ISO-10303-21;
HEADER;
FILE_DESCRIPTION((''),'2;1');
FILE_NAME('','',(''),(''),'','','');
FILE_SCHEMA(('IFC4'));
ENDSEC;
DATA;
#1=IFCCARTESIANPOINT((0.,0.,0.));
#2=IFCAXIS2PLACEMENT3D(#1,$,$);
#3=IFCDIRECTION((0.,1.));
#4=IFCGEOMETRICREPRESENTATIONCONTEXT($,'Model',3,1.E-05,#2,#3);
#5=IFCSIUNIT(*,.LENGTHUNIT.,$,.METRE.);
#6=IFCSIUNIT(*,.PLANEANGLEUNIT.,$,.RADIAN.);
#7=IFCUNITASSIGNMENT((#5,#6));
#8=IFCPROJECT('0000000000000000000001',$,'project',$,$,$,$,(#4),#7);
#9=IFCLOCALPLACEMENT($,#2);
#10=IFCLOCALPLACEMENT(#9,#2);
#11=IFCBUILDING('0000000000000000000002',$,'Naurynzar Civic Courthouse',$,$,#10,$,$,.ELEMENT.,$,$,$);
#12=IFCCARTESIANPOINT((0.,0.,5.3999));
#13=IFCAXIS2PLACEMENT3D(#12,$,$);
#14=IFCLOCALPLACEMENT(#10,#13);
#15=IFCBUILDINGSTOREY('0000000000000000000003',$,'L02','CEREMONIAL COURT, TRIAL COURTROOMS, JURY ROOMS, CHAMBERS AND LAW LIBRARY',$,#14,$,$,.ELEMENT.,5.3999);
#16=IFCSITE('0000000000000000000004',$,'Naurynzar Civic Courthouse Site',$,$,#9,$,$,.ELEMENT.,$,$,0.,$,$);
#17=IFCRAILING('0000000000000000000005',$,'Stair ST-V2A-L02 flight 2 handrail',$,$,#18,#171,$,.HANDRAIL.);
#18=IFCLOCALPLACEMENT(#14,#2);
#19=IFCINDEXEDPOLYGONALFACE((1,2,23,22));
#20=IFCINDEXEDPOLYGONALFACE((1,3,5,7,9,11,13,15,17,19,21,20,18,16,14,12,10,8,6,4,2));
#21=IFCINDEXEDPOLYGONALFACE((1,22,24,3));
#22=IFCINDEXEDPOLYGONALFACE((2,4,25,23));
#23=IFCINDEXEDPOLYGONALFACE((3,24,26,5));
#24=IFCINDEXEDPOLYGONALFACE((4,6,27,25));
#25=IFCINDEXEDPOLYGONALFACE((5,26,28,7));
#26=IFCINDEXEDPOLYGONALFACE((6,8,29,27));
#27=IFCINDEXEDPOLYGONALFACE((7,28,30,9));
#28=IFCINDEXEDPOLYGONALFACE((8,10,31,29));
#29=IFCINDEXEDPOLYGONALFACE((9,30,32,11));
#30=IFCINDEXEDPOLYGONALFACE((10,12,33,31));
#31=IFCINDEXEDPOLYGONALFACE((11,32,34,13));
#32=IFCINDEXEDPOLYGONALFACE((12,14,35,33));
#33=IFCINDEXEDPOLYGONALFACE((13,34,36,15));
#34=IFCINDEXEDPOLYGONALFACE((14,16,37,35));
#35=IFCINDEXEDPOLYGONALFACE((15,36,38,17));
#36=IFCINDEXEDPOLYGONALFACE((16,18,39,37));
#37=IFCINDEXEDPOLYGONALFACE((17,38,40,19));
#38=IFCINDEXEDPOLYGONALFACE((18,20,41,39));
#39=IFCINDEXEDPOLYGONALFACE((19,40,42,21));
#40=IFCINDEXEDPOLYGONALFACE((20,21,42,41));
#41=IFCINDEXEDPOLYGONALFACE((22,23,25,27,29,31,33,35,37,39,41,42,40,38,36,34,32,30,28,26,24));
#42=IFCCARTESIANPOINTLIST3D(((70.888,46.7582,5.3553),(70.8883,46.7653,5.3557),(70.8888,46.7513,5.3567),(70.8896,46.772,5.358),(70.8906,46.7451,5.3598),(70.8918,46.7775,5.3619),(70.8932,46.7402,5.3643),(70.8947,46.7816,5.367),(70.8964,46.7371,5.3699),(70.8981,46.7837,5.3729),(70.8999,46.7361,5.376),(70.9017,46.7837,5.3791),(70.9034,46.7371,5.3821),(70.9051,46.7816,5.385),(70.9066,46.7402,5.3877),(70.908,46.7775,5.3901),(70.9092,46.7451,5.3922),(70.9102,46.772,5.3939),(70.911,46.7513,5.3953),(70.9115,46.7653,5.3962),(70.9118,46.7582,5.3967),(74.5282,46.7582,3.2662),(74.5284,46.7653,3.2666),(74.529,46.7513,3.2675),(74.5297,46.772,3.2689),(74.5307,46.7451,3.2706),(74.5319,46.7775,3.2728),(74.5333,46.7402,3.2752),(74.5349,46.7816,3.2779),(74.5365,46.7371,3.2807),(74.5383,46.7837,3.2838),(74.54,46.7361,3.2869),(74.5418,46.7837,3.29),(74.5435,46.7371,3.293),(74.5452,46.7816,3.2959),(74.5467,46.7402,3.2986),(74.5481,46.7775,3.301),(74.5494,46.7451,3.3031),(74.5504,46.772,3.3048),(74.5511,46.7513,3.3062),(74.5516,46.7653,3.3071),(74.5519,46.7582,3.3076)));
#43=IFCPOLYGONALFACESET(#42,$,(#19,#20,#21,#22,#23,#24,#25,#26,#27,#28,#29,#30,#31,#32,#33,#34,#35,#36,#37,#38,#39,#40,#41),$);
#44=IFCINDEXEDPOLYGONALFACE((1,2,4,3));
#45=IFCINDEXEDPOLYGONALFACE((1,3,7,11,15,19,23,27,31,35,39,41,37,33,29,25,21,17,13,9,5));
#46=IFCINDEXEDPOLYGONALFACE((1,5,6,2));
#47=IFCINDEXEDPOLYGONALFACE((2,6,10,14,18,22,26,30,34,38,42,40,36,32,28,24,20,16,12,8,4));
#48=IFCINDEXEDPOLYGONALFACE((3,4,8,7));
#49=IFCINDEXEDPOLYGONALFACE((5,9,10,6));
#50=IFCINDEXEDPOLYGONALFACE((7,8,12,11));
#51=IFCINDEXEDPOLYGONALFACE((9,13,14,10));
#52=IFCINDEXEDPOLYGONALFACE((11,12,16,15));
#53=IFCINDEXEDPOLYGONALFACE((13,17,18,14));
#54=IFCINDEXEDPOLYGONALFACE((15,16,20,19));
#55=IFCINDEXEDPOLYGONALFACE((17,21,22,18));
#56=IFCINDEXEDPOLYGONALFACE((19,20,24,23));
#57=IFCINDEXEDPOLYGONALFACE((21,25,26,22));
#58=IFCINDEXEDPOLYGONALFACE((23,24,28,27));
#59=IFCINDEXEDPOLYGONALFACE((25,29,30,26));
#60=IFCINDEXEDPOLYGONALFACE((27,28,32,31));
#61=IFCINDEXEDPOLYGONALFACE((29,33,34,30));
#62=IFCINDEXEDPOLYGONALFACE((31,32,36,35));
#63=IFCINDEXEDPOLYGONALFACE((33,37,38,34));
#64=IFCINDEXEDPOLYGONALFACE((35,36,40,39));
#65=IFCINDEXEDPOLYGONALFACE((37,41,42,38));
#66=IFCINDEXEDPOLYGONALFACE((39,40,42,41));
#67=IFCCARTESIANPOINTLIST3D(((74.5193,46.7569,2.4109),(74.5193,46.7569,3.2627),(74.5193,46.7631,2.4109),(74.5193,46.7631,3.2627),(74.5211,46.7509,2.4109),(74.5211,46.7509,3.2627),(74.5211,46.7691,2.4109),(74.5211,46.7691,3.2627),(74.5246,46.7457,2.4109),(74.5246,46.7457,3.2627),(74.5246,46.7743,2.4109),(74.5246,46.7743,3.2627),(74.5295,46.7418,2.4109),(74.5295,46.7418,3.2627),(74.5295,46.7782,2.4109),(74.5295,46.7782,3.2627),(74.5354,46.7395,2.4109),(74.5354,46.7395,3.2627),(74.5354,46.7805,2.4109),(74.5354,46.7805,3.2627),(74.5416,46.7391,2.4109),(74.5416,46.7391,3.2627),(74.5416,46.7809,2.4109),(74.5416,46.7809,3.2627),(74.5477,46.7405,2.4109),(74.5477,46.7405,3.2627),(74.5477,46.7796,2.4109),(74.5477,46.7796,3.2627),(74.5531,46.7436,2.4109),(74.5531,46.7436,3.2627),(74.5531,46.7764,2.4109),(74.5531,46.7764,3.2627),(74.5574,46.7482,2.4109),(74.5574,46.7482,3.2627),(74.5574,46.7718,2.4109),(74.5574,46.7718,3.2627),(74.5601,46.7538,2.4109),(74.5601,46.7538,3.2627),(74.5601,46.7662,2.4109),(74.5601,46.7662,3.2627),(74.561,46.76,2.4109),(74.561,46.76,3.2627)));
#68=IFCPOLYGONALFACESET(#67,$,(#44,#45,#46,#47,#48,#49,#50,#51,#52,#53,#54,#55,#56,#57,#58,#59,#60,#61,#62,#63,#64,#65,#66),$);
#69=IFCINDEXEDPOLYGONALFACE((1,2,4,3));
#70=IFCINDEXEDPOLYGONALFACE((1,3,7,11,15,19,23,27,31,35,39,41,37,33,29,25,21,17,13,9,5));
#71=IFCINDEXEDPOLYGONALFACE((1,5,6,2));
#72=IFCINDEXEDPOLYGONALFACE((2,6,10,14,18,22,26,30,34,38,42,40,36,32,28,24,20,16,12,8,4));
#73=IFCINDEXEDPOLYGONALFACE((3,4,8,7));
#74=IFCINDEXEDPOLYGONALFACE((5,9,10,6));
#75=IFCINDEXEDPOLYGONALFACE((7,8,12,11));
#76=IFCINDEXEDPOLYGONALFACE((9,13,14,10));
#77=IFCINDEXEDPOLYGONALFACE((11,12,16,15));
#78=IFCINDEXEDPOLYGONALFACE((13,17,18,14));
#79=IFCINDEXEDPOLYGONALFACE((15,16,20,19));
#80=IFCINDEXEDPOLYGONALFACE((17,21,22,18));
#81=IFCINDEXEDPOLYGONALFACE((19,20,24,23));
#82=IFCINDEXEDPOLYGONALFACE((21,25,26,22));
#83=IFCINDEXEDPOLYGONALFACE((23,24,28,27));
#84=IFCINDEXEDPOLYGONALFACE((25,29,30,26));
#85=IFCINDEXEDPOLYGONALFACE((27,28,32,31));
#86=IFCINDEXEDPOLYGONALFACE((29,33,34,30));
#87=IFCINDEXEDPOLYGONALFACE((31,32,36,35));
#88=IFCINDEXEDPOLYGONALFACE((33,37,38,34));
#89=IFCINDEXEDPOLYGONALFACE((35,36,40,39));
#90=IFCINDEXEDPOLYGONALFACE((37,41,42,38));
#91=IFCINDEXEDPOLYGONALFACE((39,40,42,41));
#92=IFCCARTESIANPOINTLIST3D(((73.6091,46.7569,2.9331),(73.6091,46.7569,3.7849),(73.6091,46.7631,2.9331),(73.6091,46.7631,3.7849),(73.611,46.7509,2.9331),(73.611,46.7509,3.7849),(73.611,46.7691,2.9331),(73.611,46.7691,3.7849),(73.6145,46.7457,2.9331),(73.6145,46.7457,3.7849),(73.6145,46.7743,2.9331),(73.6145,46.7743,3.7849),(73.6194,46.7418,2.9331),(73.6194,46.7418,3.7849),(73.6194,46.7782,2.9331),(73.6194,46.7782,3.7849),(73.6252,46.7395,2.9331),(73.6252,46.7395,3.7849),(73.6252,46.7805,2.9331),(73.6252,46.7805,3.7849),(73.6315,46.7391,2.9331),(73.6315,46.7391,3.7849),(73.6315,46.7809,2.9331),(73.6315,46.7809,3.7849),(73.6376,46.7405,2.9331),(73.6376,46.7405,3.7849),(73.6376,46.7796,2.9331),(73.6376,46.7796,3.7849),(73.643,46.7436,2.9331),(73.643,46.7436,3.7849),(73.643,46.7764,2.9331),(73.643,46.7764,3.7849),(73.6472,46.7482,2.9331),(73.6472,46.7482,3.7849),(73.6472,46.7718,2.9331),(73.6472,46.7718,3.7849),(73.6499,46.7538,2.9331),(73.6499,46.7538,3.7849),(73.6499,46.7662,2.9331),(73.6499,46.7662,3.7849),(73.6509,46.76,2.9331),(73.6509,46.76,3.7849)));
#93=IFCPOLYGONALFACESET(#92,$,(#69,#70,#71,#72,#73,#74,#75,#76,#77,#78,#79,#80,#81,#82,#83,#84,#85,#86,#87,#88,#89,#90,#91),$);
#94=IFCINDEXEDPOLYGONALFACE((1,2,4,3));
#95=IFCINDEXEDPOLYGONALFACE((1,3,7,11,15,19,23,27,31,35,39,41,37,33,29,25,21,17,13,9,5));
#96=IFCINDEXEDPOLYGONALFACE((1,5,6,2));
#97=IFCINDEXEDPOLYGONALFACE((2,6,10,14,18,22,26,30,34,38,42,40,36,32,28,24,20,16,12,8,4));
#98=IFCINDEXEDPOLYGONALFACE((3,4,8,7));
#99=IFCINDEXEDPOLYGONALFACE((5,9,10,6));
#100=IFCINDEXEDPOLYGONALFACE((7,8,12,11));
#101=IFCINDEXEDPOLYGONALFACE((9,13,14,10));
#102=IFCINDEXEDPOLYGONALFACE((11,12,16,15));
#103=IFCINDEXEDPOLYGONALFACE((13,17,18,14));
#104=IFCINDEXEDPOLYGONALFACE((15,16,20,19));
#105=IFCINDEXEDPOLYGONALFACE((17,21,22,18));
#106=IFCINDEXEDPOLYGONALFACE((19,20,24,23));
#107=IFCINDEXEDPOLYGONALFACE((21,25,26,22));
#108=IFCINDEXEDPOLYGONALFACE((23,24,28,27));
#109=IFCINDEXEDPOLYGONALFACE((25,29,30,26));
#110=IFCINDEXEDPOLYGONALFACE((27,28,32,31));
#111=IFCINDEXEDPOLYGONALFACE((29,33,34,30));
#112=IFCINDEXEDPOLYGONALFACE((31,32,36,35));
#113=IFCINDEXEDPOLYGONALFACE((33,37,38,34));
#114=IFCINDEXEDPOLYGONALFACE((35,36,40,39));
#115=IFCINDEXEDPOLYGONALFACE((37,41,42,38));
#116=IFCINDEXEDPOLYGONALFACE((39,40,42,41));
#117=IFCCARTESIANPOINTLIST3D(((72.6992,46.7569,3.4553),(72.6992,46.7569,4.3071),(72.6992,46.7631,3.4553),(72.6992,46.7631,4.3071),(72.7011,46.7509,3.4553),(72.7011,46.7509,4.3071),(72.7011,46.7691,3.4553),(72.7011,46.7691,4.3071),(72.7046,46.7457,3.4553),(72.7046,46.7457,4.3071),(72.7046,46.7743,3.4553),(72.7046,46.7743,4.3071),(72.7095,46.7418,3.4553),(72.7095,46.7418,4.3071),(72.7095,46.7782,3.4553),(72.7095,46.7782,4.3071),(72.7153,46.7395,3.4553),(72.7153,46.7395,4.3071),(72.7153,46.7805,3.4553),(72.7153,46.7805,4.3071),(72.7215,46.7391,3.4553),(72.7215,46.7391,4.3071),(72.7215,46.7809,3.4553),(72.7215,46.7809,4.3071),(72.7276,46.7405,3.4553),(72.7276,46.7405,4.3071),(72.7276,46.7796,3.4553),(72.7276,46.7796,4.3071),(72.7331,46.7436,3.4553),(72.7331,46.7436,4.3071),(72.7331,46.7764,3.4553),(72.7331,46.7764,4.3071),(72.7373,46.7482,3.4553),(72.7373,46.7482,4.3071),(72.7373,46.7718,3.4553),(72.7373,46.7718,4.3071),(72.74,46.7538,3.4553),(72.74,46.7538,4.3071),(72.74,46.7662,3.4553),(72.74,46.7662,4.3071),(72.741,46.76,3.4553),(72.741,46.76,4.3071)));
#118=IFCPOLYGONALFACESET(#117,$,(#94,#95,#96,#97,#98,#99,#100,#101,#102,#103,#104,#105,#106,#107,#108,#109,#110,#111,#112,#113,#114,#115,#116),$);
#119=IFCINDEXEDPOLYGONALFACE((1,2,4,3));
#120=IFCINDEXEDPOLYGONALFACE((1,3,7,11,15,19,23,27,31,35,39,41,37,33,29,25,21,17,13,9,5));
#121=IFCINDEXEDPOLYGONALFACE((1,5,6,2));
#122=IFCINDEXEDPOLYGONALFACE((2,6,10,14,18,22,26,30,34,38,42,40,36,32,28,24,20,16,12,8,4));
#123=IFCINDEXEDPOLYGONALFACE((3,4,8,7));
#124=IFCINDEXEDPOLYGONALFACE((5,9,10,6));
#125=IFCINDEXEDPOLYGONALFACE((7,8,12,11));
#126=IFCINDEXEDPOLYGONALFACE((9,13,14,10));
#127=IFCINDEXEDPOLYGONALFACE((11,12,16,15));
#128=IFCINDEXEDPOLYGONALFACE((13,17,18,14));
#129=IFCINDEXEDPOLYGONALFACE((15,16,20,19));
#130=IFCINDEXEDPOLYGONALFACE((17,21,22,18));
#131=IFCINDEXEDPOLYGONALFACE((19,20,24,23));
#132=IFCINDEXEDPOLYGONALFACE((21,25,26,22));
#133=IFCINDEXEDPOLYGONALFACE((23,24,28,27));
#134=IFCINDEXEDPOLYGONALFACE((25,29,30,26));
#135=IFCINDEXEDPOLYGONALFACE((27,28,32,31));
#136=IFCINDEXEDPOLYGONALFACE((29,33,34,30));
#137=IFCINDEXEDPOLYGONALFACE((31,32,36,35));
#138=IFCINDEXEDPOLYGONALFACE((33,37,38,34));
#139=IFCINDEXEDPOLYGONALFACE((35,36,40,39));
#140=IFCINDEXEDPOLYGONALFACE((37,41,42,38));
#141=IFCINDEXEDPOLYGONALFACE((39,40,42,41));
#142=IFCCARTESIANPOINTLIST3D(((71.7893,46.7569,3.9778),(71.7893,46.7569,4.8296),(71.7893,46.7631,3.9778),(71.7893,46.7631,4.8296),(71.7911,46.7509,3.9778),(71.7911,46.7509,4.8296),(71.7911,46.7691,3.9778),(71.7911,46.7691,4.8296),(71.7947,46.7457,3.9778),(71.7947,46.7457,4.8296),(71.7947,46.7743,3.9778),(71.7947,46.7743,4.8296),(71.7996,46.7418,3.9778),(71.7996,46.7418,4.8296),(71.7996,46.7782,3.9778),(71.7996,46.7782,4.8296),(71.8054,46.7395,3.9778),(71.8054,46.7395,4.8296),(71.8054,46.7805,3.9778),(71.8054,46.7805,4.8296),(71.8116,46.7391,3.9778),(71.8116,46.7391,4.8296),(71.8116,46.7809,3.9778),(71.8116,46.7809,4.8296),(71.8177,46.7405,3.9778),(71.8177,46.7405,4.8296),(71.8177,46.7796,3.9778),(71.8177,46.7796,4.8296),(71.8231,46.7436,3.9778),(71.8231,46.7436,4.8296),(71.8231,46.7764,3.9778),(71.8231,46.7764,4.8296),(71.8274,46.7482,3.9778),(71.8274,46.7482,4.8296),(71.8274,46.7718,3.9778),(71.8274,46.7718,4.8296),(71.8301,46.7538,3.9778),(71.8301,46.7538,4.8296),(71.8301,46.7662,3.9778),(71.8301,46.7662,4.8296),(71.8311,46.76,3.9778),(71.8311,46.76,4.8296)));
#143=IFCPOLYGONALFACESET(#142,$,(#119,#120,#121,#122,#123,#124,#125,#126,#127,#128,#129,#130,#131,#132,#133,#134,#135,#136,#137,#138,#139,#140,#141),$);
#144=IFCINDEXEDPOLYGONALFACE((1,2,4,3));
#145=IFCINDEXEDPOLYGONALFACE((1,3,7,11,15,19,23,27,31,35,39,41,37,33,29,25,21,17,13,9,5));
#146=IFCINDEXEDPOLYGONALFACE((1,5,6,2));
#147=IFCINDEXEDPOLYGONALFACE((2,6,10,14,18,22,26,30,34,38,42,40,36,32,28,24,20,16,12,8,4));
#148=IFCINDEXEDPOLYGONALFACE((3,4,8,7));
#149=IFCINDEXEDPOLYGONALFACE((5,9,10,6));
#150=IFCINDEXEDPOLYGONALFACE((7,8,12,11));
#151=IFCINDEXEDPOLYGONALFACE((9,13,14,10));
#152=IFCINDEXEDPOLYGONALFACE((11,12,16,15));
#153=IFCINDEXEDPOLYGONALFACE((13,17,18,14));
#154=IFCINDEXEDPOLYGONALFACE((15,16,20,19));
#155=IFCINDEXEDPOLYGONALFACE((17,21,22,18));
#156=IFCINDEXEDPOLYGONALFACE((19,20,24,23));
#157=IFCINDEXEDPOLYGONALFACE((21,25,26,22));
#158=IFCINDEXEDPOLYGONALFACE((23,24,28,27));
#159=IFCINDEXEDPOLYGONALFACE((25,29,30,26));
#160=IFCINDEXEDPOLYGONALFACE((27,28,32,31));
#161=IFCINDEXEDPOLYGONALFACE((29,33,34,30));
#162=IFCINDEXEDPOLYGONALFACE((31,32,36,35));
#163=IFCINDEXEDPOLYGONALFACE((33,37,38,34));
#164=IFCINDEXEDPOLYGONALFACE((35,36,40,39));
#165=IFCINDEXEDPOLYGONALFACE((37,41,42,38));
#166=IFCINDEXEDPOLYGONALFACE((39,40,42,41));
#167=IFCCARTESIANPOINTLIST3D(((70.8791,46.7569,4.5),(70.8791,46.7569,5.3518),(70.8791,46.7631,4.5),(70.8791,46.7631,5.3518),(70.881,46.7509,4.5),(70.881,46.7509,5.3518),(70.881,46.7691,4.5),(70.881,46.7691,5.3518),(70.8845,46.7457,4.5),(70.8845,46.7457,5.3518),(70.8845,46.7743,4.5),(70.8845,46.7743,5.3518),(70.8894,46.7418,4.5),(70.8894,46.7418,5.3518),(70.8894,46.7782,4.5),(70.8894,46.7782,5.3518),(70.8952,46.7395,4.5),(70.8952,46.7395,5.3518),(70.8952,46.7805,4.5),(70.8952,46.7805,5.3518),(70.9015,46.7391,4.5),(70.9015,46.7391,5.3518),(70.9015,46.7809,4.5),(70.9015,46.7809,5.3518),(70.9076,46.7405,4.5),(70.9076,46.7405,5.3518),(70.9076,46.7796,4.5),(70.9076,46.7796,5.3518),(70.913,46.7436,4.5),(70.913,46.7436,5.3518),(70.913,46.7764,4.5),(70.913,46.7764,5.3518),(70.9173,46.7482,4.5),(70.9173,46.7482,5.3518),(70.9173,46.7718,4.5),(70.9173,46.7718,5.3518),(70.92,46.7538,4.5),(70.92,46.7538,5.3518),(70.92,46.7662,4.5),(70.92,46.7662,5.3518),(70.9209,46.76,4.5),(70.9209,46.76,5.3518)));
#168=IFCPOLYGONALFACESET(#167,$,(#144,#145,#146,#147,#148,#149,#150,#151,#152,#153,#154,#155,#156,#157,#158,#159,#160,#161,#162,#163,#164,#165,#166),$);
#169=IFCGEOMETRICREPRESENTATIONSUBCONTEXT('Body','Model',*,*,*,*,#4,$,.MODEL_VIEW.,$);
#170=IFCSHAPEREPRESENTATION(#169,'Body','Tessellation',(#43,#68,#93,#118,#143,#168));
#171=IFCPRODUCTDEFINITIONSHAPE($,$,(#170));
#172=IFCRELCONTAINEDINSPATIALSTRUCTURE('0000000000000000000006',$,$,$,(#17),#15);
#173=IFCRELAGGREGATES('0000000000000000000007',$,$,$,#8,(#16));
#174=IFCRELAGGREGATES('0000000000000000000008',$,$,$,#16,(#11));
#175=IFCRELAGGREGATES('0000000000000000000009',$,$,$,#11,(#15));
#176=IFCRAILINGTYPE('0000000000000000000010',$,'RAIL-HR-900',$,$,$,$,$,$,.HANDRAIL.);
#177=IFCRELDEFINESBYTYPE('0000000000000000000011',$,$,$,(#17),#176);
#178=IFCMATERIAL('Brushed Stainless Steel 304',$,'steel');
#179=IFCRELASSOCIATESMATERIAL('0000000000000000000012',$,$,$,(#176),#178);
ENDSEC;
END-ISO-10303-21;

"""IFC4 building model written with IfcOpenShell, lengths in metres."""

from ifc_helpers import new_model, si_unit, direction, frame, origin, origin_2d, place, context, subcontext, project, spatial, circle, extrude, material, type_object, element, save


model = new_model("IFC4")

# Units and contexts
model_context = context("Model", 3, precision=1e-05, world=origin(), true_north=direction((0.0, 1.0)))
body_context = subcontext(model_context, "Body", "Model", "MODEL_VIEW")
ifc_project = project(units=[si_unit("LENGTHUNIT", "METRE"), si_unit("PLANEANGLEUNIT", "RADIAN")], contexts=[model_context])

# Site, building, storey
site_placement = place(None, origin())
site = spatial("IfcSite", under=ifc_project, at=site_placement, Name="Naurynzar Civic Courthouse Site", CompositionType="ELEMENT", RefElevation=0.0)
building_placement = place(site_placement, origin())
building = spatial("IfcBuilding", under=site, at=building_placement, Name="Naurynzar Civic Courthouse", CompositionType="ELEMENT")
storey_placement = place(building_placement, frame((0.0, 0.0, 5.3999)))
storey = spatial("IfcBuildingStorey", under=building, at=storey_placement, Name="L02", Description="CEREMONIAL COURT, TRIAL COURTROOMS, JURY ROOMS, CHAMBERS AND LAW LIBRARY", CompositionType="ELEMENT", Elevation=5.3999)

# Railing
ifc_material_1 = material(Name="Brushed Stainless Steel 304", Category="steel")
railing_type_1 = type_object("IfcRailingType", Name="RAIL-HR-900", PredefinedType="HANDRAIL", material=ifc_material_1)
railing_1_placement = place(storey_placement, frame((74.54, 46.76, 2.4109)))
element("IfcRailing", 1, at=railing_1_placement, inside=storey, type_object=railing_type_1, Name="Stair ST-V2A-L02 flight 2 handrail", PredefinedType="HANDRAIL", context=body_context, shape_type="SweptSolid", body=[
    extrude(circle(Radius=0.0239, at=origin_2d()), frame((0.0, 0.0, 0.876), z_axis=(-0.867314, 0.0, 0.497761), x_axis=(0.0, -1.0, 0.0)), (0.0, 0.0, 1.0), 4.197),
    extrude(circle(Radius=0.021, at=origin_2d()), origin(), (0.0, 0.0, 1.0), 0.8518),
    extrude(circle(Radius=0.021, at=origin_2d()), frame((-0.9102, 0.0, 0.5222)), (0.0, 0.0, 1.0), 0.8518),
    extrude(circle(Radius=0.021, at=origin_2d()), frame((-1.8201, 0.0, 1.0444)), (0.0, 0.0, 1.0), 0.8518),
    extrude(circle(Radius=0.021, at=origin_2d()), frame((-2.73, 0.0, 1.5669)), (0.0, 0.0, 1.0), 0.8518),
    extrude(circle(Radius=0.021, at=origin_2d()), frame((-3.6401, 0.0, 2.0891)), (0.0, 0.0, 1.0), 0.8518),
])

save(model, "model.ifc")
